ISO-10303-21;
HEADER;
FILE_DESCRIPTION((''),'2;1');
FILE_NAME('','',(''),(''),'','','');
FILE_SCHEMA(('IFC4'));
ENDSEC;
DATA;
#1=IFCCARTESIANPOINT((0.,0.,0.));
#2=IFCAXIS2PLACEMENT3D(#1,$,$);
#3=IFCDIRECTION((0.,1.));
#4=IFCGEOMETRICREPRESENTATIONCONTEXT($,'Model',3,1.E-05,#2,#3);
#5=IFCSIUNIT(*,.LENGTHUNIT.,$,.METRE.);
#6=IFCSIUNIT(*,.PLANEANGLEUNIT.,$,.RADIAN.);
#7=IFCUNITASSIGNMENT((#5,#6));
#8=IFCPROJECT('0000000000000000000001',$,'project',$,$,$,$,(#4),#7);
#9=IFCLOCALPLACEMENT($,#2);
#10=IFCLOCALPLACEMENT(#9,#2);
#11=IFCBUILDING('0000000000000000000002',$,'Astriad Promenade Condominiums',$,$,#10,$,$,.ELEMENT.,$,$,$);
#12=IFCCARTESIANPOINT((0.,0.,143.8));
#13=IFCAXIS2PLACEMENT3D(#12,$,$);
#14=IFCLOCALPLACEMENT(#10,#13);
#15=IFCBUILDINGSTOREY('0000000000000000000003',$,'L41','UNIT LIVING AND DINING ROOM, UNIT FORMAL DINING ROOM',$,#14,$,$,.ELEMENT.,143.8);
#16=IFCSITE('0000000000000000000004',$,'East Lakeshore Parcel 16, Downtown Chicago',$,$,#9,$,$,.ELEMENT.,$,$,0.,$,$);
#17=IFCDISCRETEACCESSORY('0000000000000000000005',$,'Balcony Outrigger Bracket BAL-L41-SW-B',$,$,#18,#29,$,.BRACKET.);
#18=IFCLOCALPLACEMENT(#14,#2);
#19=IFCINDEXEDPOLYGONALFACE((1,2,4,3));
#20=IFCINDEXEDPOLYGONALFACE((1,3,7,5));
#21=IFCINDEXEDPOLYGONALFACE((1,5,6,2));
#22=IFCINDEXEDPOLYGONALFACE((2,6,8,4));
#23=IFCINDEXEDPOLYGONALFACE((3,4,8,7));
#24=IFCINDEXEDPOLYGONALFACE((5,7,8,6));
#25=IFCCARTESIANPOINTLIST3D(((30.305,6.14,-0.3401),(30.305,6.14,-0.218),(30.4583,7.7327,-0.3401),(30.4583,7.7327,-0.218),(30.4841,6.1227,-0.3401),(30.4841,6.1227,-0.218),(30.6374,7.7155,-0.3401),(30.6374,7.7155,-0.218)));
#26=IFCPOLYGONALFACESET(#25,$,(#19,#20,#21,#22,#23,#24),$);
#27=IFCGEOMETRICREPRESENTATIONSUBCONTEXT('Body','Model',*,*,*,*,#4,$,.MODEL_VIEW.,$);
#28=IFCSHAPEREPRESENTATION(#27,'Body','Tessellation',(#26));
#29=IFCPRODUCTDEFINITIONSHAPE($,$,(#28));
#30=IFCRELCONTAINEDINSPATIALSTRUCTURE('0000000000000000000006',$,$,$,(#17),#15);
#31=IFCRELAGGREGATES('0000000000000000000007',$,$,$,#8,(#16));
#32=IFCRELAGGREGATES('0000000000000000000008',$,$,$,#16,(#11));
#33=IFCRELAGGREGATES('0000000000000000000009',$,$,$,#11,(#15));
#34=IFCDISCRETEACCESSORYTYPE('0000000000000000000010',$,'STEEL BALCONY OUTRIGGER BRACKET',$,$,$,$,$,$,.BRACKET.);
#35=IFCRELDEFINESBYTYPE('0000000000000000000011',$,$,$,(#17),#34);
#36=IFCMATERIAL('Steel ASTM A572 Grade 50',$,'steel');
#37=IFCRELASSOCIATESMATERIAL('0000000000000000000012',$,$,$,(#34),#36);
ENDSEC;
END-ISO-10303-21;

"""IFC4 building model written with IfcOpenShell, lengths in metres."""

from ifc_helpers import new_model, si_unit, direction, frame, origin, origin_2d, place, context, subcontext, project, spatial, rectangle, extrude, source, transform, mapped, material, type_object, type_shapes, element, save


model = new_model("IFC4")

# Units and contexts
model_context = context("Model", 3, precision=1e-05, world=origin(), true_north=direction((0.0, 1.0)))
body_context = subcontext(model_context, "Body", "Model", "MODEL_VIEW")
ifc_project = project(units=[si_unit("LENGTHUNIT", "METRE"), si_unit("PLANEANGLEUNIT", "RADIAN")], contexts=[model_context])

# Site, building, storey
site_placement = place(None, origin())
site = spatial("IfcSite", under=ifc_project, at=site_placement, Name="East Lakeshore Parcel 16, Downtown Chicago", CompositionType="ELEMENT", RefElevation=0.0)
building_placement = place(site_placement, origin())
building = spatial("IfcBuilding", under=site, at=building_placement, Name="Astriad Promenade Condominiums", CompositionType="ELEMENT")
storey_placement = place(building_placement, frame((0.0, 0.0, 143.8)))
storey = spatial("IfcBuildingStorey", under=building, at=storey_placement, Name="L41", Description="UNIT LIVING AND DINING ROOM, UNIT FORMAL DINING ROOM", CompositionType="ELEMENT", Elevation=143.8)

# Discrete accessory
ifc_material_1 = material(Name="Steel ASTM A572 Grade 50", Category="steel")
discrete_accessory_type = type_object("IfcDiscreteAccessoryType", Name="STEEL BALCONY OUTRIGGER BRACKET", PredefinedType="BRACKET", material=ifc_material_1)
shared_shape_1 = source(origin(), body_context, "Body", "SweptSolid", [
    extrude(rectangle(XDim=1.6001, YDim=0.1799, at=origin_2d()), origin(), (0.0, 0.0, 1.0), 0.1221),
])
type_shapes(discrete_accessory_type, [shared_shape_1])
discrete_accessory_placement = place(storey_placement, frame((30.4712, 6.9277, -0.3401), z_axis=(0.0, 0.0, 1.0), x_axis=(-0.095846, -0.995396, 0.0)))
element("IfcDiscreteAccessory", 1, at=discrete_accessory_placement, inside=storey, type_object=discrete_accessory_type, Name="Balcony Outrigger Bracket BAL-L41-SW-B", PredefinedType="BRACKET", context=body_context, shape_type="MappedRepresentation", body=[
    mapped(shared_shape_1, transform((0.0, 0.0, 0.0), scale=1.0)),
])

save(model, "model.ifc")
